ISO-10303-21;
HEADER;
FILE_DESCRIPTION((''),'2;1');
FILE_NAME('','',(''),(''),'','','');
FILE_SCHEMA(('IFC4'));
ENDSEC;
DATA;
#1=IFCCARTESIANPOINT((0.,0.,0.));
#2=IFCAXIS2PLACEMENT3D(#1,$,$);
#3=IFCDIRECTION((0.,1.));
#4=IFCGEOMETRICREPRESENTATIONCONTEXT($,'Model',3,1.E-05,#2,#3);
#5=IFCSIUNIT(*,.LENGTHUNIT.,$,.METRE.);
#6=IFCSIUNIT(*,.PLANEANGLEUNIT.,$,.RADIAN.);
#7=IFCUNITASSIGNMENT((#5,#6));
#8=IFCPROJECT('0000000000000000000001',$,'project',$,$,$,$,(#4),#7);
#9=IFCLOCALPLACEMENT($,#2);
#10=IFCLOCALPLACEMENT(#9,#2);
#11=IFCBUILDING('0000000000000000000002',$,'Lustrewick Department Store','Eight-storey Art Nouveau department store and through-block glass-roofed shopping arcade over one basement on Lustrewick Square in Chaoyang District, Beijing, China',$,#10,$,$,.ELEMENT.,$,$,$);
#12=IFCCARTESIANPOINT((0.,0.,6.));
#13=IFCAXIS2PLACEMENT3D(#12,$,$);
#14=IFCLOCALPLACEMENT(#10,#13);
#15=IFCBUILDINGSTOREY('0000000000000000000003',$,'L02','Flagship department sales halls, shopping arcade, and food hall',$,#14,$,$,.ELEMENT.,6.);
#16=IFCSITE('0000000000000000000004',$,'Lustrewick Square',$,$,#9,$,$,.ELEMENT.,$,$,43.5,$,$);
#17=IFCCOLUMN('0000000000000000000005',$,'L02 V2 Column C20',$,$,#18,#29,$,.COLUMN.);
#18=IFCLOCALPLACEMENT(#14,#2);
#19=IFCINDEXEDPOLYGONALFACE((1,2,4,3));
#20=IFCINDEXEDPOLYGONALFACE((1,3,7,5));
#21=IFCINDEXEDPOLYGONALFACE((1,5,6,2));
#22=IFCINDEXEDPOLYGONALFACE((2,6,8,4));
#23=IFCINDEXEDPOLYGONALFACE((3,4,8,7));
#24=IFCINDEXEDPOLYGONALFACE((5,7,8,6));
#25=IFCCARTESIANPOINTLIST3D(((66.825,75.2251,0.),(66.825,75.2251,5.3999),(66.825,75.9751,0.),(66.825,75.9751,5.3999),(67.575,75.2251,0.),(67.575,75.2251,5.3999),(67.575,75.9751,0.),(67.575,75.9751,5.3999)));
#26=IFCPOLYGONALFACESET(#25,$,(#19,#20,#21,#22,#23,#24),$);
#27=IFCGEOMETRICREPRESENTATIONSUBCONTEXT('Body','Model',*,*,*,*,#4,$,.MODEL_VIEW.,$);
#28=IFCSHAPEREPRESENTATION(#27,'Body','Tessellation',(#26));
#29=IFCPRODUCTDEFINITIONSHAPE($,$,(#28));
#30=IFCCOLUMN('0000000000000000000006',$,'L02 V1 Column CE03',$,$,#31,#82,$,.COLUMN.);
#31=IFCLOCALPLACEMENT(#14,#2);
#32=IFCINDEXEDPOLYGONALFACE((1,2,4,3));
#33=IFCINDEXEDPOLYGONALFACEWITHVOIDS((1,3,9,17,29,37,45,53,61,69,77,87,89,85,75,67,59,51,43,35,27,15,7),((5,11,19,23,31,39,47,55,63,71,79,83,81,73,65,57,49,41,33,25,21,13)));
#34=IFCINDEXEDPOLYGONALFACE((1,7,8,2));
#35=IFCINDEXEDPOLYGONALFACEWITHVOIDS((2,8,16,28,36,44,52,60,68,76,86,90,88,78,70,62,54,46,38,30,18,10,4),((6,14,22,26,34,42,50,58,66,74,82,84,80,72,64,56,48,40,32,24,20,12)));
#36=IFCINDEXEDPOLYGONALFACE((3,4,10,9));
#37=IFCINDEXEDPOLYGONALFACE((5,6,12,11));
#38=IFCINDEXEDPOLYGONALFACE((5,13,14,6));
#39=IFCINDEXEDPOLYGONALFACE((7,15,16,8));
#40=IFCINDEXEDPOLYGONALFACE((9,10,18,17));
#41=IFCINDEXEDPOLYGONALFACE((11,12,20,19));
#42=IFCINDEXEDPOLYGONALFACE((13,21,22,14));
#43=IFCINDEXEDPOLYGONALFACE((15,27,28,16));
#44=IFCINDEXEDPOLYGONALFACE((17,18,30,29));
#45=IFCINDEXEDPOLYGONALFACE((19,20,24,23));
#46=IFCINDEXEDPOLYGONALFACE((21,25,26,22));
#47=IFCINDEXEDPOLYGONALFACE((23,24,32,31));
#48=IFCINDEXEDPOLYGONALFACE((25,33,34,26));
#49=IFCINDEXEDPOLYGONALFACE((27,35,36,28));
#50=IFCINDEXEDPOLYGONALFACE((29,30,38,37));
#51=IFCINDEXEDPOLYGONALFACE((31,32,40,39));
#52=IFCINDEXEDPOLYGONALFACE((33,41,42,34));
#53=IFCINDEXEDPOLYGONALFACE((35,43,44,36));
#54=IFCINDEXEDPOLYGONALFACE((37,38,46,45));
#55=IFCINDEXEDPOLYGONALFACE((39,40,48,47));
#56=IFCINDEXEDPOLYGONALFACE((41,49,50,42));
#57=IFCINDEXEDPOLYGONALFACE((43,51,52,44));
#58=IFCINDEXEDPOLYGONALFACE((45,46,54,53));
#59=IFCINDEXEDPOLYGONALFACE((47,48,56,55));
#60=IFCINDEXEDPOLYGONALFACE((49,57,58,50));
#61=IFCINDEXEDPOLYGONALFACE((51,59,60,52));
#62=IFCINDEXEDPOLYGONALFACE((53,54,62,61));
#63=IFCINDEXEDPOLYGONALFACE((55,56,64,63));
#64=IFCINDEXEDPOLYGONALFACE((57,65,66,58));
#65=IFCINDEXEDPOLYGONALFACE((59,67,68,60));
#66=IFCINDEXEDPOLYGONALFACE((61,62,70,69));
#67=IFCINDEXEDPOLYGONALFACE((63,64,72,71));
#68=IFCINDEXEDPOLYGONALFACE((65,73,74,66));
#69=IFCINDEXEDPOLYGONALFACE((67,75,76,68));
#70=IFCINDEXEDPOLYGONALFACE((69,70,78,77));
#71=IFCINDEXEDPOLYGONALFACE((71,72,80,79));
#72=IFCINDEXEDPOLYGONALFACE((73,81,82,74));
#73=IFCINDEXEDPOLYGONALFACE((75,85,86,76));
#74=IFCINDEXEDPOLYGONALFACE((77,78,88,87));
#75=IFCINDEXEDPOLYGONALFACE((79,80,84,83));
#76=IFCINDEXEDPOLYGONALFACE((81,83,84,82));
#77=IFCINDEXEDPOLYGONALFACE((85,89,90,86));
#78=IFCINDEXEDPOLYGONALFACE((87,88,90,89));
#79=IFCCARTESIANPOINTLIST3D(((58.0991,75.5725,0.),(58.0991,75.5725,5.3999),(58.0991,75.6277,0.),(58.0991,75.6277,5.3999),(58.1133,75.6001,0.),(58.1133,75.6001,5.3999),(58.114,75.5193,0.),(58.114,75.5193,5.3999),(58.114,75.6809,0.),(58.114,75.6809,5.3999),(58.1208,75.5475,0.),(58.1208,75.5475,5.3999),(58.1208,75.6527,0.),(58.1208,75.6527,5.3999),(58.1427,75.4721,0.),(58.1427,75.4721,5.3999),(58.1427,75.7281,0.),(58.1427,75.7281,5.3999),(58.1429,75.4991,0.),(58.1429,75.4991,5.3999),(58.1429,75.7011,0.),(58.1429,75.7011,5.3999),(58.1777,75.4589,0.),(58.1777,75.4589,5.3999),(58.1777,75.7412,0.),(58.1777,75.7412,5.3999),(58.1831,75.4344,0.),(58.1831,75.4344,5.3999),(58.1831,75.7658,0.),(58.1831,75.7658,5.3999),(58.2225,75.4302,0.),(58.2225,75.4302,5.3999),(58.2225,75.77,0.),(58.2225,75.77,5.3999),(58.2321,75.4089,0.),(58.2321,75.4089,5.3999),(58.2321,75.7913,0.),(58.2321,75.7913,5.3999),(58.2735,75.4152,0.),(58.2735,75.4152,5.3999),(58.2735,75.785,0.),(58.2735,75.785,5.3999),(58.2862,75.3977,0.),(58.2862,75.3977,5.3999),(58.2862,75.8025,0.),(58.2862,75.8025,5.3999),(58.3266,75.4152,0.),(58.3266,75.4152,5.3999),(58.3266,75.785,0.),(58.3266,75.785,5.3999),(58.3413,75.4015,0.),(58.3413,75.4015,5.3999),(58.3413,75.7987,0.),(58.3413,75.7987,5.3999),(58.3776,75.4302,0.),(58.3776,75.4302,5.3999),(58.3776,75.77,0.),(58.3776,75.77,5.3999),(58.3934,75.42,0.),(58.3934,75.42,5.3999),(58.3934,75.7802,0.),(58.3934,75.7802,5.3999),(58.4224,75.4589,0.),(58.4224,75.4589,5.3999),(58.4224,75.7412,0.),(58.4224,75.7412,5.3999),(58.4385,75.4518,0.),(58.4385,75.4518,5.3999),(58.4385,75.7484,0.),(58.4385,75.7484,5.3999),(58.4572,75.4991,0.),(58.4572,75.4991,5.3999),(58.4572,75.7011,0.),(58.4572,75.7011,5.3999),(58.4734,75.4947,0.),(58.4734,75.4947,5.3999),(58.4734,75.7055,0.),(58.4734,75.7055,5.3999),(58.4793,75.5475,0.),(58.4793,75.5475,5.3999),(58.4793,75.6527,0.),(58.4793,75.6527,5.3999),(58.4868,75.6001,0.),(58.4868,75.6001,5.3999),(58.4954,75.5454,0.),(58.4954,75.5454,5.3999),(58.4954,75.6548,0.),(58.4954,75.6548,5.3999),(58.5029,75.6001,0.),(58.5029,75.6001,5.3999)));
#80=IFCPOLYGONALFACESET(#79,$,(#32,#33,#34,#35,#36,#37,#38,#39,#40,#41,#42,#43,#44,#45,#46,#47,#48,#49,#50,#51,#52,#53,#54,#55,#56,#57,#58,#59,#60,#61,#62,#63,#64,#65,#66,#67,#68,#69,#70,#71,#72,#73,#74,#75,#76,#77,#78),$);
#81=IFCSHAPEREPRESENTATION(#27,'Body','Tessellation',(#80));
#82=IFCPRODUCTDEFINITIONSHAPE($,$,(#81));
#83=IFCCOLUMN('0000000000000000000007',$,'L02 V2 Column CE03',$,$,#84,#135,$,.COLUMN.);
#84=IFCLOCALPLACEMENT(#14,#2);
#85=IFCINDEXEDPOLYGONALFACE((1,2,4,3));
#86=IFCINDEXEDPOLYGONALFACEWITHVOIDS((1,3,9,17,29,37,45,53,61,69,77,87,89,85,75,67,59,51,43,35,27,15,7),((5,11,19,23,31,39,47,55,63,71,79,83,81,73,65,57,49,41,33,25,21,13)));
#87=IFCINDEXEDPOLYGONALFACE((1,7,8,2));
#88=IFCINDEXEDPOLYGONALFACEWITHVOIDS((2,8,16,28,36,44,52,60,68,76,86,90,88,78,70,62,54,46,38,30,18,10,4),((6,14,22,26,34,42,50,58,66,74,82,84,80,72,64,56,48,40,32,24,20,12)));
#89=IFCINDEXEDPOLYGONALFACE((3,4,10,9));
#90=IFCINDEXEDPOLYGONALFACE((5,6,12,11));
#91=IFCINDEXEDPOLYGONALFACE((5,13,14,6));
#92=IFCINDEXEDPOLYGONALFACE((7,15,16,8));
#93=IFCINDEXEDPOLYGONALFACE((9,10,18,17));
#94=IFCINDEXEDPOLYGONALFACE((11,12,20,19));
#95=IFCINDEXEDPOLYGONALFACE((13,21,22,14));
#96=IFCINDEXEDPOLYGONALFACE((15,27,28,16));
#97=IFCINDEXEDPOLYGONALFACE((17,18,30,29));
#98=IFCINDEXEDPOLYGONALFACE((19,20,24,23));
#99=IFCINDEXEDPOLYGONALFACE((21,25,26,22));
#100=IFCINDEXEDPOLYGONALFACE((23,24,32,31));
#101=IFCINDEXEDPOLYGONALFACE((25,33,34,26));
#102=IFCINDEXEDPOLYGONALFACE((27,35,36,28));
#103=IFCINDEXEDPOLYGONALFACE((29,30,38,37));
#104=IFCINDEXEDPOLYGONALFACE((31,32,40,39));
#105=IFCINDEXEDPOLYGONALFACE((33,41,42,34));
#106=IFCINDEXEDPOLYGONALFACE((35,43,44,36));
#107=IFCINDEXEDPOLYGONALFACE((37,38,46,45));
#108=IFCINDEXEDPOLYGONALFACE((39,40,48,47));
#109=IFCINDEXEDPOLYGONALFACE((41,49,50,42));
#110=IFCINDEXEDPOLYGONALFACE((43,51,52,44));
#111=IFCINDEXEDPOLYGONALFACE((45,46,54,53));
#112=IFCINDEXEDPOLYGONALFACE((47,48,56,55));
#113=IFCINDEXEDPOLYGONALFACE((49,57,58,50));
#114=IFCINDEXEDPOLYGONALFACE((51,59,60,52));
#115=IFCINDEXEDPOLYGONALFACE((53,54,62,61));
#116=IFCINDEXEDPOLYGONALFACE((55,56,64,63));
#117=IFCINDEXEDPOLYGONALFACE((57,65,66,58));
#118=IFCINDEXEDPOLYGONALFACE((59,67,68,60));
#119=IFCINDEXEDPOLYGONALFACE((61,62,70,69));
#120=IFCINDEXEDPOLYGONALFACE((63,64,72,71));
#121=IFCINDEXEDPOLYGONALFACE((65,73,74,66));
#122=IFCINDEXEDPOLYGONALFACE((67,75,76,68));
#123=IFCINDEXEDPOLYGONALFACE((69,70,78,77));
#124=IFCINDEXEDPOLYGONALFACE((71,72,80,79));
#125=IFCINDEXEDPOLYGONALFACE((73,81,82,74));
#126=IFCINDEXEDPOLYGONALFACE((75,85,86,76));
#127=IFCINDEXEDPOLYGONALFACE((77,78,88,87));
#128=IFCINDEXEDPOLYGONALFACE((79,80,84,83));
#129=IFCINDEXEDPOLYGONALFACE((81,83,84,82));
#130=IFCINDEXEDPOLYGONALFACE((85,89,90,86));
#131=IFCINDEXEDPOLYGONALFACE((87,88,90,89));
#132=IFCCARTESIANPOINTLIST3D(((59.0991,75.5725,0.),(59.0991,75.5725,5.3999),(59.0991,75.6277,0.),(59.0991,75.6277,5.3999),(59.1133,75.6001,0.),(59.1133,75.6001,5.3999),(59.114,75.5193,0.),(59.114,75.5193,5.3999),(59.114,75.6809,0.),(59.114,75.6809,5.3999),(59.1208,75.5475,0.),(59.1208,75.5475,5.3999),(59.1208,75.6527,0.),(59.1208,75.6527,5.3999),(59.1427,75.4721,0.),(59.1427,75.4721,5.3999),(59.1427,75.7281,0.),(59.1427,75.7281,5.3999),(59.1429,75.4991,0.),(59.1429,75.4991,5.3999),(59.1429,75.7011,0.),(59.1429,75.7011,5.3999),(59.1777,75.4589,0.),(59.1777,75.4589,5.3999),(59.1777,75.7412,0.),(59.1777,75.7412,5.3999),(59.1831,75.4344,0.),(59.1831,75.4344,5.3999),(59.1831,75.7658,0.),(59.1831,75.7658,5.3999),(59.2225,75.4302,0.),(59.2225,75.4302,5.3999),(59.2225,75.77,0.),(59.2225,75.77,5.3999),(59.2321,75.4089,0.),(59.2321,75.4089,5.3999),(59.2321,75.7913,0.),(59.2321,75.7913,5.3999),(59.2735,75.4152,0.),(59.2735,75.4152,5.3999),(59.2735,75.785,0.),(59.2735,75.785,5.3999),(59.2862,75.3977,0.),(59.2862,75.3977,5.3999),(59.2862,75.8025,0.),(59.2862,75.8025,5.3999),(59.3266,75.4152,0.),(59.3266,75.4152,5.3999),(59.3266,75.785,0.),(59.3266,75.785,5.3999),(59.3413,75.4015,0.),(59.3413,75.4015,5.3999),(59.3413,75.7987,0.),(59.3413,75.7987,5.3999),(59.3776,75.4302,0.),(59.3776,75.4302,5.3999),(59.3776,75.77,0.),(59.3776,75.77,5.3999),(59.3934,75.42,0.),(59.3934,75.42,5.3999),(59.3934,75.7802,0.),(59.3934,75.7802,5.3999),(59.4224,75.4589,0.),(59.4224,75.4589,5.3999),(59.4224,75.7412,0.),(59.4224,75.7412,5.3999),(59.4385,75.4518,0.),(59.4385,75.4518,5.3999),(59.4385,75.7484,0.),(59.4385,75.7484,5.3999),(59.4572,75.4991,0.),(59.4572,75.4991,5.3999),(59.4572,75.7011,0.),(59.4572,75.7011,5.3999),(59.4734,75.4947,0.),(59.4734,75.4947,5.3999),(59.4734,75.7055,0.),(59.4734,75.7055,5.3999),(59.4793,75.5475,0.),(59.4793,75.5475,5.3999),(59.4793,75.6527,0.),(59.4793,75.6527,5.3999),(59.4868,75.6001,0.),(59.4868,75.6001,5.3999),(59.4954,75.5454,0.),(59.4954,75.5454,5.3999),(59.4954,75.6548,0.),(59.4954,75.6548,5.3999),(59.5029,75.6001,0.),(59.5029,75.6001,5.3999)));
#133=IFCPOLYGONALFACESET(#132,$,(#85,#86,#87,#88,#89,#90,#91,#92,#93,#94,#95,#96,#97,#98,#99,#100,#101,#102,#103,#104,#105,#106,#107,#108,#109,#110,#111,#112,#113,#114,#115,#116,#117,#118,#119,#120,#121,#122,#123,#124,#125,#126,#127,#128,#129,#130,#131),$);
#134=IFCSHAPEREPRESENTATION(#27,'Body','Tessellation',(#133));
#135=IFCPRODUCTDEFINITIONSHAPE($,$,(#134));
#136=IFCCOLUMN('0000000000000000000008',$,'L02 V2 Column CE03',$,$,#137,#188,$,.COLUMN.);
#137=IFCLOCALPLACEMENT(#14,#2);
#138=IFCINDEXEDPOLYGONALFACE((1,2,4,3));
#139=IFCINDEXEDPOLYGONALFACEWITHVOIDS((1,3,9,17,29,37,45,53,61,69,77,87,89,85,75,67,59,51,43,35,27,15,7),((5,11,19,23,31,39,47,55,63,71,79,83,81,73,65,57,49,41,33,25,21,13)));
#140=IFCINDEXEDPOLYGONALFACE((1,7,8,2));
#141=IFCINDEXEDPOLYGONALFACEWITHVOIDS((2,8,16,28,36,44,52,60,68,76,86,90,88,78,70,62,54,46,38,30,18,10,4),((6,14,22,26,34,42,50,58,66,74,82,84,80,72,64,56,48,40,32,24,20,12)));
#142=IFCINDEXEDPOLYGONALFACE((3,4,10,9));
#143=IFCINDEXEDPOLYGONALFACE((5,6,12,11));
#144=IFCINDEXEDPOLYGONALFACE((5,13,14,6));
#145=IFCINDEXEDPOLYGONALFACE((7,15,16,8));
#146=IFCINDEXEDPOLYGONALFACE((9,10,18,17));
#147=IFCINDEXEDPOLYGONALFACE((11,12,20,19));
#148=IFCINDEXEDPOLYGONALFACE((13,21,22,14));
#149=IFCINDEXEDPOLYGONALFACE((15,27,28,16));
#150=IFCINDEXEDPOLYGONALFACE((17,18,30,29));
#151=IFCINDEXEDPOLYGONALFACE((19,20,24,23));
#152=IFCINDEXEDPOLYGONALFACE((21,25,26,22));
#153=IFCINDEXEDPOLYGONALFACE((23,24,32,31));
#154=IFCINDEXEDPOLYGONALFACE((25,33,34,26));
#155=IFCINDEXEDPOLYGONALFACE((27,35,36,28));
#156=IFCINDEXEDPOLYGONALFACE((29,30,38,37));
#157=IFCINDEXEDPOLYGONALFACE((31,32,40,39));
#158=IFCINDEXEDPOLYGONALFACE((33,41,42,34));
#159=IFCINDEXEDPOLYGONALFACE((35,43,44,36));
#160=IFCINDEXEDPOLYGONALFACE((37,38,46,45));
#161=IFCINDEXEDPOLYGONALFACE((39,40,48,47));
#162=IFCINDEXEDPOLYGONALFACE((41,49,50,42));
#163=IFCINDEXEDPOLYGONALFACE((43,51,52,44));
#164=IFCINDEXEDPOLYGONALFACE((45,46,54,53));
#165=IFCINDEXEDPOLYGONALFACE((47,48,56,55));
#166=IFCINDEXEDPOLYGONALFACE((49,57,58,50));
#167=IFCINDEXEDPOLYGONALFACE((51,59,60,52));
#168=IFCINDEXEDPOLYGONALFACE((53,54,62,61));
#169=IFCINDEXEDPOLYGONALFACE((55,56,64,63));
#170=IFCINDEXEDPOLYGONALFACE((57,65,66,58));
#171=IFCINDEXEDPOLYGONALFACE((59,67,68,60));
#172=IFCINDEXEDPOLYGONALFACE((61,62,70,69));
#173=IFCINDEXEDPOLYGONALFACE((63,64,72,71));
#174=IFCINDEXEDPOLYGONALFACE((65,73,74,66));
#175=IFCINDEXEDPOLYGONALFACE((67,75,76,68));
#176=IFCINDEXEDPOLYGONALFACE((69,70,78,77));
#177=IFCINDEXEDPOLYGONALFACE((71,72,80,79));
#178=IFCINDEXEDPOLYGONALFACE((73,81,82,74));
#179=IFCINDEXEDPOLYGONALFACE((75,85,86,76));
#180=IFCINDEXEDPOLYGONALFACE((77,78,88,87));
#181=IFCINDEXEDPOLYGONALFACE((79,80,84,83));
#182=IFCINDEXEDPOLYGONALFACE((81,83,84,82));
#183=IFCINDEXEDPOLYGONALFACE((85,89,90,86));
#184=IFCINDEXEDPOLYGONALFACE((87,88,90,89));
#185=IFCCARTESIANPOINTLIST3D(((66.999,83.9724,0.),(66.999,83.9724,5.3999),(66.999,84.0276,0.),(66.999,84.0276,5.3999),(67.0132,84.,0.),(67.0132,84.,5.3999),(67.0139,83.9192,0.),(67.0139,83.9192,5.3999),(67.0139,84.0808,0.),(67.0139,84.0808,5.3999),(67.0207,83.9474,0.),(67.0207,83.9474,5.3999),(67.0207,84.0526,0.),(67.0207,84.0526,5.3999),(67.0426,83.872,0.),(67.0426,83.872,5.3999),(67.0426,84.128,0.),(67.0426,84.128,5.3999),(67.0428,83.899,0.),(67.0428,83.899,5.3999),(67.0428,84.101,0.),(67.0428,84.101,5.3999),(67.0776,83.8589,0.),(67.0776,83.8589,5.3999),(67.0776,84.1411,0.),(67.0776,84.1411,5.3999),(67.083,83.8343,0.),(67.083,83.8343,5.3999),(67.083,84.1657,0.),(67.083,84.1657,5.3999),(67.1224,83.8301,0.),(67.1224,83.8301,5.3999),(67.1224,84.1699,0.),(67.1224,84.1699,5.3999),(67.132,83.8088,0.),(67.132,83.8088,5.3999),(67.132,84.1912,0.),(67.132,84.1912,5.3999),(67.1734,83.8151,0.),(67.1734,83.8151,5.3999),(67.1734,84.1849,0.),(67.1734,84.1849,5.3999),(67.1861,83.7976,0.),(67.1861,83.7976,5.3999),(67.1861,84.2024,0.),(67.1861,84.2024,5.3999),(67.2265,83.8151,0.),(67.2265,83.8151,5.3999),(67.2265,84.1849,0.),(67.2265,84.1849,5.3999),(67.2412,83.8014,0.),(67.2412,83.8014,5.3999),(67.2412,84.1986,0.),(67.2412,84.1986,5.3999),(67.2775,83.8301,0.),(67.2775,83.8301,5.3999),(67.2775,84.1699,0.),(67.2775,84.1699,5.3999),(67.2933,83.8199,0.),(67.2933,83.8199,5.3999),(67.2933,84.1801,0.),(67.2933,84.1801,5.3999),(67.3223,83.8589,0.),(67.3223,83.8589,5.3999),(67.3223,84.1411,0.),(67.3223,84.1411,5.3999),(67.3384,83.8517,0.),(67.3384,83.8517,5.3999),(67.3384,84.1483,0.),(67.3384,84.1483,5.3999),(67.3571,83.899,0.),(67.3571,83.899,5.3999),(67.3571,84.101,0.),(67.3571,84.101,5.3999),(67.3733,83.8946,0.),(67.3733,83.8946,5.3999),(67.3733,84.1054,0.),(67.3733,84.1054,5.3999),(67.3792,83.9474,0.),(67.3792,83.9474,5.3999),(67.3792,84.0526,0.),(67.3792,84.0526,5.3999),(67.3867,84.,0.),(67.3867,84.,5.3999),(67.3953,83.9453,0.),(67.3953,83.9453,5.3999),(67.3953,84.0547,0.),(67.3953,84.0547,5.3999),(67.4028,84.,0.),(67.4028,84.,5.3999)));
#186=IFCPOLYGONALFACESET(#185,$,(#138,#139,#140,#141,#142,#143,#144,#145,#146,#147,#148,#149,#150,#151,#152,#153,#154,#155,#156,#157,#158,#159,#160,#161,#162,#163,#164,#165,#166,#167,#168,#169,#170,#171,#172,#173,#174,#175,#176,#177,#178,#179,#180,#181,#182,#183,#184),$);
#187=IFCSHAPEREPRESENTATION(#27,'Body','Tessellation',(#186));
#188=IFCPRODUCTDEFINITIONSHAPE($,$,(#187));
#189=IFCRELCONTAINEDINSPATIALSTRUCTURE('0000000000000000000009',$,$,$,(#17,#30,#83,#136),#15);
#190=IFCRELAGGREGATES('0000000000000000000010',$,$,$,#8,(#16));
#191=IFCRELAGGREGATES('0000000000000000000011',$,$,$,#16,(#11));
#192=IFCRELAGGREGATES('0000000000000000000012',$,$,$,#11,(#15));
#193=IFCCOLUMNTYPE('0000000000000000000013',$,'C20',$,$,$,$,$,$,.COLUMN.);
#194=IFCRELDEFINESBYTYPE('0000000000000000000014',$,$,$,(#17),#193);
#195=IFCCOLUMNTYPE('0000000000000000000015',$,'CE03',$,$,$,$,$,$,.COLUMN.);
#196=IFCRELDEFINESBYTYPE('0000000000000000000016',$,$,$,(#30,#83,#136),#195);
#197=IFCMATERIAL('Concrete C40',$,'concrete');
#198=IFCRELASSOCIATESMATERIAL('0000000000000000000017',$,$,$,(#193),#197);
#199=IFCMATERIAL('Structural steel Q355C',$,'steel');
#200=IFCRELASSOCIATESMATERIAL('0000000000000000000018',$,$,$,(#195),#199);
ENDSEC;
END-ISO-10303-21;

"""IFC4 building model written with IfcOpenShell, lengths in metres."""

from ifc_helpers import new_model, si_unit, direction, frame, origin, origin_2d, place, context, subcontext, project, spatial, rectangle, hollow_circle, extrude, material, material_profile, profile_set, type_object, element, save


model = new_model("IFC4")

# Units and contexts
model_context = context("Model", 3, precision=1e-05, world=origin(), true_north=direction((0.0, 1.0)))
body_context = subcontext(model_context, "Body", "Model", "MODEL_VIEW")
ifc_project = project(units=[si_unit("LENGTHUNIT", "METRE"), si_unit("PLANEANGLEUNIT", "RADIAN")], contexts=[model_context])

# Site, building, storey
site_placement = place(None, origin())
site = spatial("IfcSite", under=ifc_project, at=site_placement, Name="Lustrewick Square", CompositionType="ELEMENT", RefElevation=43.5)
building_placement = place(site_placement, origin())
building = spatial("IfcBuilding", under=site, at=building_placement, Name="Lustrewick Department Store", Description="Eight-storey Art Nouveau department store and through-block glass-roofed shopping arcade over one basement on Lustrewick Square in Chaoyang District, Beijing, China", CompositionType="ELEMENT")
storey_placement = place(building_placement, frame((0.0, 0.0, 6.0)))
storey = spatial("IfcBuildingStorey", under=building, at=storey_placement, Name="L02", Description="Flagship department sales halls, shopping arcade, and food hall", CompositionType="ELEMENT", Elevation=6.0)

# Columns
ifc_material_1 = material(Name="Concrete C40", Category="concrete")
ifc_material_profile_1 = material_profile(ifc_material_1, rectangle(XDim=0.75, YDim=0.75, at=origin_2d()), Name="RC 750x750")
ifc_profile_set_1 = profile_set([ifc_material_profile_1], Name="Concrete C40")
column_type_1 = type_object("IfcColumnType", Name="C20", PredefinedType="COLUMN", material=ifc_profile_set_1)
column_placement = place(storey_placement, frame((67.2, 75.6001, 0.0), z_axis=(0.0, 0.0, 1.0), x_axis=(1.0, 0.0, 0.0)))
element("IfcColumn", 1, at=column_placement, inside=storey, type_object=column_type_1, Name="L02 V2 Column C20", PredefinedType="COLUMN", context=body_context, shape_type="SweptSolid", body=[
    extrude(rectangle(XDim=0.75, YDim=0.75, at=origin_2d()), origin(), (0.0, 0.0, 1.0), 5.3999),
])
ifc_material_2 = material(Name="Structural steel Q355C", Category="steel")
ifc_material_profile_2 = material_profile(ifc_material_2, hollow_circle(Radius=0.2029, WallThickness=0.0161, at=origin_2d()), Name="CHS 406x16")
ifc_profile_set_2 = profile_set([ifc_material_profile_2], Name="Structural steel Q355C")
column_type_2 = type_object("IfcColumnType", Name="CE03", PredefinedType="COLUMN", material=ifc_profile_set_2)
for number, where, z_axis, x_axis, name in (
    (2, (58.3, 75.6001, 0.0), (0.0, 0.0, 1.0), (1.0, 0.0, 0.0), "L02 V1 Column CE03"),
    (3, (59.3, 75.6001, 0.0), (0.0, 0.0, 1.0), (1.0, 0.0, 0.0), "L02 V2 Column CE03"),
    (4, (67.2, 84.0, 0.0), (0.0, 0.0, 1.0), (1.0, 0.0, 0.0), "L02 V2 Column CE03"),
):
    element("IfcColumn", number, at=place(storey_placement, frame(where, z_axis=z_axis, x_axis=x_axis)), inside=storey, type_object=column_type_2, Name=name, PredefinedType="COLUMN", context=body_context, shape_type="SweptSolid", body=[
        extrude(hollow_circle(Radius=0.2029, WallThickness=0.0161, at=origin_2d()), origin(), (0.0, 0.0, 1.0), 5.3999),
    ])

save(model, "model.ifc")
